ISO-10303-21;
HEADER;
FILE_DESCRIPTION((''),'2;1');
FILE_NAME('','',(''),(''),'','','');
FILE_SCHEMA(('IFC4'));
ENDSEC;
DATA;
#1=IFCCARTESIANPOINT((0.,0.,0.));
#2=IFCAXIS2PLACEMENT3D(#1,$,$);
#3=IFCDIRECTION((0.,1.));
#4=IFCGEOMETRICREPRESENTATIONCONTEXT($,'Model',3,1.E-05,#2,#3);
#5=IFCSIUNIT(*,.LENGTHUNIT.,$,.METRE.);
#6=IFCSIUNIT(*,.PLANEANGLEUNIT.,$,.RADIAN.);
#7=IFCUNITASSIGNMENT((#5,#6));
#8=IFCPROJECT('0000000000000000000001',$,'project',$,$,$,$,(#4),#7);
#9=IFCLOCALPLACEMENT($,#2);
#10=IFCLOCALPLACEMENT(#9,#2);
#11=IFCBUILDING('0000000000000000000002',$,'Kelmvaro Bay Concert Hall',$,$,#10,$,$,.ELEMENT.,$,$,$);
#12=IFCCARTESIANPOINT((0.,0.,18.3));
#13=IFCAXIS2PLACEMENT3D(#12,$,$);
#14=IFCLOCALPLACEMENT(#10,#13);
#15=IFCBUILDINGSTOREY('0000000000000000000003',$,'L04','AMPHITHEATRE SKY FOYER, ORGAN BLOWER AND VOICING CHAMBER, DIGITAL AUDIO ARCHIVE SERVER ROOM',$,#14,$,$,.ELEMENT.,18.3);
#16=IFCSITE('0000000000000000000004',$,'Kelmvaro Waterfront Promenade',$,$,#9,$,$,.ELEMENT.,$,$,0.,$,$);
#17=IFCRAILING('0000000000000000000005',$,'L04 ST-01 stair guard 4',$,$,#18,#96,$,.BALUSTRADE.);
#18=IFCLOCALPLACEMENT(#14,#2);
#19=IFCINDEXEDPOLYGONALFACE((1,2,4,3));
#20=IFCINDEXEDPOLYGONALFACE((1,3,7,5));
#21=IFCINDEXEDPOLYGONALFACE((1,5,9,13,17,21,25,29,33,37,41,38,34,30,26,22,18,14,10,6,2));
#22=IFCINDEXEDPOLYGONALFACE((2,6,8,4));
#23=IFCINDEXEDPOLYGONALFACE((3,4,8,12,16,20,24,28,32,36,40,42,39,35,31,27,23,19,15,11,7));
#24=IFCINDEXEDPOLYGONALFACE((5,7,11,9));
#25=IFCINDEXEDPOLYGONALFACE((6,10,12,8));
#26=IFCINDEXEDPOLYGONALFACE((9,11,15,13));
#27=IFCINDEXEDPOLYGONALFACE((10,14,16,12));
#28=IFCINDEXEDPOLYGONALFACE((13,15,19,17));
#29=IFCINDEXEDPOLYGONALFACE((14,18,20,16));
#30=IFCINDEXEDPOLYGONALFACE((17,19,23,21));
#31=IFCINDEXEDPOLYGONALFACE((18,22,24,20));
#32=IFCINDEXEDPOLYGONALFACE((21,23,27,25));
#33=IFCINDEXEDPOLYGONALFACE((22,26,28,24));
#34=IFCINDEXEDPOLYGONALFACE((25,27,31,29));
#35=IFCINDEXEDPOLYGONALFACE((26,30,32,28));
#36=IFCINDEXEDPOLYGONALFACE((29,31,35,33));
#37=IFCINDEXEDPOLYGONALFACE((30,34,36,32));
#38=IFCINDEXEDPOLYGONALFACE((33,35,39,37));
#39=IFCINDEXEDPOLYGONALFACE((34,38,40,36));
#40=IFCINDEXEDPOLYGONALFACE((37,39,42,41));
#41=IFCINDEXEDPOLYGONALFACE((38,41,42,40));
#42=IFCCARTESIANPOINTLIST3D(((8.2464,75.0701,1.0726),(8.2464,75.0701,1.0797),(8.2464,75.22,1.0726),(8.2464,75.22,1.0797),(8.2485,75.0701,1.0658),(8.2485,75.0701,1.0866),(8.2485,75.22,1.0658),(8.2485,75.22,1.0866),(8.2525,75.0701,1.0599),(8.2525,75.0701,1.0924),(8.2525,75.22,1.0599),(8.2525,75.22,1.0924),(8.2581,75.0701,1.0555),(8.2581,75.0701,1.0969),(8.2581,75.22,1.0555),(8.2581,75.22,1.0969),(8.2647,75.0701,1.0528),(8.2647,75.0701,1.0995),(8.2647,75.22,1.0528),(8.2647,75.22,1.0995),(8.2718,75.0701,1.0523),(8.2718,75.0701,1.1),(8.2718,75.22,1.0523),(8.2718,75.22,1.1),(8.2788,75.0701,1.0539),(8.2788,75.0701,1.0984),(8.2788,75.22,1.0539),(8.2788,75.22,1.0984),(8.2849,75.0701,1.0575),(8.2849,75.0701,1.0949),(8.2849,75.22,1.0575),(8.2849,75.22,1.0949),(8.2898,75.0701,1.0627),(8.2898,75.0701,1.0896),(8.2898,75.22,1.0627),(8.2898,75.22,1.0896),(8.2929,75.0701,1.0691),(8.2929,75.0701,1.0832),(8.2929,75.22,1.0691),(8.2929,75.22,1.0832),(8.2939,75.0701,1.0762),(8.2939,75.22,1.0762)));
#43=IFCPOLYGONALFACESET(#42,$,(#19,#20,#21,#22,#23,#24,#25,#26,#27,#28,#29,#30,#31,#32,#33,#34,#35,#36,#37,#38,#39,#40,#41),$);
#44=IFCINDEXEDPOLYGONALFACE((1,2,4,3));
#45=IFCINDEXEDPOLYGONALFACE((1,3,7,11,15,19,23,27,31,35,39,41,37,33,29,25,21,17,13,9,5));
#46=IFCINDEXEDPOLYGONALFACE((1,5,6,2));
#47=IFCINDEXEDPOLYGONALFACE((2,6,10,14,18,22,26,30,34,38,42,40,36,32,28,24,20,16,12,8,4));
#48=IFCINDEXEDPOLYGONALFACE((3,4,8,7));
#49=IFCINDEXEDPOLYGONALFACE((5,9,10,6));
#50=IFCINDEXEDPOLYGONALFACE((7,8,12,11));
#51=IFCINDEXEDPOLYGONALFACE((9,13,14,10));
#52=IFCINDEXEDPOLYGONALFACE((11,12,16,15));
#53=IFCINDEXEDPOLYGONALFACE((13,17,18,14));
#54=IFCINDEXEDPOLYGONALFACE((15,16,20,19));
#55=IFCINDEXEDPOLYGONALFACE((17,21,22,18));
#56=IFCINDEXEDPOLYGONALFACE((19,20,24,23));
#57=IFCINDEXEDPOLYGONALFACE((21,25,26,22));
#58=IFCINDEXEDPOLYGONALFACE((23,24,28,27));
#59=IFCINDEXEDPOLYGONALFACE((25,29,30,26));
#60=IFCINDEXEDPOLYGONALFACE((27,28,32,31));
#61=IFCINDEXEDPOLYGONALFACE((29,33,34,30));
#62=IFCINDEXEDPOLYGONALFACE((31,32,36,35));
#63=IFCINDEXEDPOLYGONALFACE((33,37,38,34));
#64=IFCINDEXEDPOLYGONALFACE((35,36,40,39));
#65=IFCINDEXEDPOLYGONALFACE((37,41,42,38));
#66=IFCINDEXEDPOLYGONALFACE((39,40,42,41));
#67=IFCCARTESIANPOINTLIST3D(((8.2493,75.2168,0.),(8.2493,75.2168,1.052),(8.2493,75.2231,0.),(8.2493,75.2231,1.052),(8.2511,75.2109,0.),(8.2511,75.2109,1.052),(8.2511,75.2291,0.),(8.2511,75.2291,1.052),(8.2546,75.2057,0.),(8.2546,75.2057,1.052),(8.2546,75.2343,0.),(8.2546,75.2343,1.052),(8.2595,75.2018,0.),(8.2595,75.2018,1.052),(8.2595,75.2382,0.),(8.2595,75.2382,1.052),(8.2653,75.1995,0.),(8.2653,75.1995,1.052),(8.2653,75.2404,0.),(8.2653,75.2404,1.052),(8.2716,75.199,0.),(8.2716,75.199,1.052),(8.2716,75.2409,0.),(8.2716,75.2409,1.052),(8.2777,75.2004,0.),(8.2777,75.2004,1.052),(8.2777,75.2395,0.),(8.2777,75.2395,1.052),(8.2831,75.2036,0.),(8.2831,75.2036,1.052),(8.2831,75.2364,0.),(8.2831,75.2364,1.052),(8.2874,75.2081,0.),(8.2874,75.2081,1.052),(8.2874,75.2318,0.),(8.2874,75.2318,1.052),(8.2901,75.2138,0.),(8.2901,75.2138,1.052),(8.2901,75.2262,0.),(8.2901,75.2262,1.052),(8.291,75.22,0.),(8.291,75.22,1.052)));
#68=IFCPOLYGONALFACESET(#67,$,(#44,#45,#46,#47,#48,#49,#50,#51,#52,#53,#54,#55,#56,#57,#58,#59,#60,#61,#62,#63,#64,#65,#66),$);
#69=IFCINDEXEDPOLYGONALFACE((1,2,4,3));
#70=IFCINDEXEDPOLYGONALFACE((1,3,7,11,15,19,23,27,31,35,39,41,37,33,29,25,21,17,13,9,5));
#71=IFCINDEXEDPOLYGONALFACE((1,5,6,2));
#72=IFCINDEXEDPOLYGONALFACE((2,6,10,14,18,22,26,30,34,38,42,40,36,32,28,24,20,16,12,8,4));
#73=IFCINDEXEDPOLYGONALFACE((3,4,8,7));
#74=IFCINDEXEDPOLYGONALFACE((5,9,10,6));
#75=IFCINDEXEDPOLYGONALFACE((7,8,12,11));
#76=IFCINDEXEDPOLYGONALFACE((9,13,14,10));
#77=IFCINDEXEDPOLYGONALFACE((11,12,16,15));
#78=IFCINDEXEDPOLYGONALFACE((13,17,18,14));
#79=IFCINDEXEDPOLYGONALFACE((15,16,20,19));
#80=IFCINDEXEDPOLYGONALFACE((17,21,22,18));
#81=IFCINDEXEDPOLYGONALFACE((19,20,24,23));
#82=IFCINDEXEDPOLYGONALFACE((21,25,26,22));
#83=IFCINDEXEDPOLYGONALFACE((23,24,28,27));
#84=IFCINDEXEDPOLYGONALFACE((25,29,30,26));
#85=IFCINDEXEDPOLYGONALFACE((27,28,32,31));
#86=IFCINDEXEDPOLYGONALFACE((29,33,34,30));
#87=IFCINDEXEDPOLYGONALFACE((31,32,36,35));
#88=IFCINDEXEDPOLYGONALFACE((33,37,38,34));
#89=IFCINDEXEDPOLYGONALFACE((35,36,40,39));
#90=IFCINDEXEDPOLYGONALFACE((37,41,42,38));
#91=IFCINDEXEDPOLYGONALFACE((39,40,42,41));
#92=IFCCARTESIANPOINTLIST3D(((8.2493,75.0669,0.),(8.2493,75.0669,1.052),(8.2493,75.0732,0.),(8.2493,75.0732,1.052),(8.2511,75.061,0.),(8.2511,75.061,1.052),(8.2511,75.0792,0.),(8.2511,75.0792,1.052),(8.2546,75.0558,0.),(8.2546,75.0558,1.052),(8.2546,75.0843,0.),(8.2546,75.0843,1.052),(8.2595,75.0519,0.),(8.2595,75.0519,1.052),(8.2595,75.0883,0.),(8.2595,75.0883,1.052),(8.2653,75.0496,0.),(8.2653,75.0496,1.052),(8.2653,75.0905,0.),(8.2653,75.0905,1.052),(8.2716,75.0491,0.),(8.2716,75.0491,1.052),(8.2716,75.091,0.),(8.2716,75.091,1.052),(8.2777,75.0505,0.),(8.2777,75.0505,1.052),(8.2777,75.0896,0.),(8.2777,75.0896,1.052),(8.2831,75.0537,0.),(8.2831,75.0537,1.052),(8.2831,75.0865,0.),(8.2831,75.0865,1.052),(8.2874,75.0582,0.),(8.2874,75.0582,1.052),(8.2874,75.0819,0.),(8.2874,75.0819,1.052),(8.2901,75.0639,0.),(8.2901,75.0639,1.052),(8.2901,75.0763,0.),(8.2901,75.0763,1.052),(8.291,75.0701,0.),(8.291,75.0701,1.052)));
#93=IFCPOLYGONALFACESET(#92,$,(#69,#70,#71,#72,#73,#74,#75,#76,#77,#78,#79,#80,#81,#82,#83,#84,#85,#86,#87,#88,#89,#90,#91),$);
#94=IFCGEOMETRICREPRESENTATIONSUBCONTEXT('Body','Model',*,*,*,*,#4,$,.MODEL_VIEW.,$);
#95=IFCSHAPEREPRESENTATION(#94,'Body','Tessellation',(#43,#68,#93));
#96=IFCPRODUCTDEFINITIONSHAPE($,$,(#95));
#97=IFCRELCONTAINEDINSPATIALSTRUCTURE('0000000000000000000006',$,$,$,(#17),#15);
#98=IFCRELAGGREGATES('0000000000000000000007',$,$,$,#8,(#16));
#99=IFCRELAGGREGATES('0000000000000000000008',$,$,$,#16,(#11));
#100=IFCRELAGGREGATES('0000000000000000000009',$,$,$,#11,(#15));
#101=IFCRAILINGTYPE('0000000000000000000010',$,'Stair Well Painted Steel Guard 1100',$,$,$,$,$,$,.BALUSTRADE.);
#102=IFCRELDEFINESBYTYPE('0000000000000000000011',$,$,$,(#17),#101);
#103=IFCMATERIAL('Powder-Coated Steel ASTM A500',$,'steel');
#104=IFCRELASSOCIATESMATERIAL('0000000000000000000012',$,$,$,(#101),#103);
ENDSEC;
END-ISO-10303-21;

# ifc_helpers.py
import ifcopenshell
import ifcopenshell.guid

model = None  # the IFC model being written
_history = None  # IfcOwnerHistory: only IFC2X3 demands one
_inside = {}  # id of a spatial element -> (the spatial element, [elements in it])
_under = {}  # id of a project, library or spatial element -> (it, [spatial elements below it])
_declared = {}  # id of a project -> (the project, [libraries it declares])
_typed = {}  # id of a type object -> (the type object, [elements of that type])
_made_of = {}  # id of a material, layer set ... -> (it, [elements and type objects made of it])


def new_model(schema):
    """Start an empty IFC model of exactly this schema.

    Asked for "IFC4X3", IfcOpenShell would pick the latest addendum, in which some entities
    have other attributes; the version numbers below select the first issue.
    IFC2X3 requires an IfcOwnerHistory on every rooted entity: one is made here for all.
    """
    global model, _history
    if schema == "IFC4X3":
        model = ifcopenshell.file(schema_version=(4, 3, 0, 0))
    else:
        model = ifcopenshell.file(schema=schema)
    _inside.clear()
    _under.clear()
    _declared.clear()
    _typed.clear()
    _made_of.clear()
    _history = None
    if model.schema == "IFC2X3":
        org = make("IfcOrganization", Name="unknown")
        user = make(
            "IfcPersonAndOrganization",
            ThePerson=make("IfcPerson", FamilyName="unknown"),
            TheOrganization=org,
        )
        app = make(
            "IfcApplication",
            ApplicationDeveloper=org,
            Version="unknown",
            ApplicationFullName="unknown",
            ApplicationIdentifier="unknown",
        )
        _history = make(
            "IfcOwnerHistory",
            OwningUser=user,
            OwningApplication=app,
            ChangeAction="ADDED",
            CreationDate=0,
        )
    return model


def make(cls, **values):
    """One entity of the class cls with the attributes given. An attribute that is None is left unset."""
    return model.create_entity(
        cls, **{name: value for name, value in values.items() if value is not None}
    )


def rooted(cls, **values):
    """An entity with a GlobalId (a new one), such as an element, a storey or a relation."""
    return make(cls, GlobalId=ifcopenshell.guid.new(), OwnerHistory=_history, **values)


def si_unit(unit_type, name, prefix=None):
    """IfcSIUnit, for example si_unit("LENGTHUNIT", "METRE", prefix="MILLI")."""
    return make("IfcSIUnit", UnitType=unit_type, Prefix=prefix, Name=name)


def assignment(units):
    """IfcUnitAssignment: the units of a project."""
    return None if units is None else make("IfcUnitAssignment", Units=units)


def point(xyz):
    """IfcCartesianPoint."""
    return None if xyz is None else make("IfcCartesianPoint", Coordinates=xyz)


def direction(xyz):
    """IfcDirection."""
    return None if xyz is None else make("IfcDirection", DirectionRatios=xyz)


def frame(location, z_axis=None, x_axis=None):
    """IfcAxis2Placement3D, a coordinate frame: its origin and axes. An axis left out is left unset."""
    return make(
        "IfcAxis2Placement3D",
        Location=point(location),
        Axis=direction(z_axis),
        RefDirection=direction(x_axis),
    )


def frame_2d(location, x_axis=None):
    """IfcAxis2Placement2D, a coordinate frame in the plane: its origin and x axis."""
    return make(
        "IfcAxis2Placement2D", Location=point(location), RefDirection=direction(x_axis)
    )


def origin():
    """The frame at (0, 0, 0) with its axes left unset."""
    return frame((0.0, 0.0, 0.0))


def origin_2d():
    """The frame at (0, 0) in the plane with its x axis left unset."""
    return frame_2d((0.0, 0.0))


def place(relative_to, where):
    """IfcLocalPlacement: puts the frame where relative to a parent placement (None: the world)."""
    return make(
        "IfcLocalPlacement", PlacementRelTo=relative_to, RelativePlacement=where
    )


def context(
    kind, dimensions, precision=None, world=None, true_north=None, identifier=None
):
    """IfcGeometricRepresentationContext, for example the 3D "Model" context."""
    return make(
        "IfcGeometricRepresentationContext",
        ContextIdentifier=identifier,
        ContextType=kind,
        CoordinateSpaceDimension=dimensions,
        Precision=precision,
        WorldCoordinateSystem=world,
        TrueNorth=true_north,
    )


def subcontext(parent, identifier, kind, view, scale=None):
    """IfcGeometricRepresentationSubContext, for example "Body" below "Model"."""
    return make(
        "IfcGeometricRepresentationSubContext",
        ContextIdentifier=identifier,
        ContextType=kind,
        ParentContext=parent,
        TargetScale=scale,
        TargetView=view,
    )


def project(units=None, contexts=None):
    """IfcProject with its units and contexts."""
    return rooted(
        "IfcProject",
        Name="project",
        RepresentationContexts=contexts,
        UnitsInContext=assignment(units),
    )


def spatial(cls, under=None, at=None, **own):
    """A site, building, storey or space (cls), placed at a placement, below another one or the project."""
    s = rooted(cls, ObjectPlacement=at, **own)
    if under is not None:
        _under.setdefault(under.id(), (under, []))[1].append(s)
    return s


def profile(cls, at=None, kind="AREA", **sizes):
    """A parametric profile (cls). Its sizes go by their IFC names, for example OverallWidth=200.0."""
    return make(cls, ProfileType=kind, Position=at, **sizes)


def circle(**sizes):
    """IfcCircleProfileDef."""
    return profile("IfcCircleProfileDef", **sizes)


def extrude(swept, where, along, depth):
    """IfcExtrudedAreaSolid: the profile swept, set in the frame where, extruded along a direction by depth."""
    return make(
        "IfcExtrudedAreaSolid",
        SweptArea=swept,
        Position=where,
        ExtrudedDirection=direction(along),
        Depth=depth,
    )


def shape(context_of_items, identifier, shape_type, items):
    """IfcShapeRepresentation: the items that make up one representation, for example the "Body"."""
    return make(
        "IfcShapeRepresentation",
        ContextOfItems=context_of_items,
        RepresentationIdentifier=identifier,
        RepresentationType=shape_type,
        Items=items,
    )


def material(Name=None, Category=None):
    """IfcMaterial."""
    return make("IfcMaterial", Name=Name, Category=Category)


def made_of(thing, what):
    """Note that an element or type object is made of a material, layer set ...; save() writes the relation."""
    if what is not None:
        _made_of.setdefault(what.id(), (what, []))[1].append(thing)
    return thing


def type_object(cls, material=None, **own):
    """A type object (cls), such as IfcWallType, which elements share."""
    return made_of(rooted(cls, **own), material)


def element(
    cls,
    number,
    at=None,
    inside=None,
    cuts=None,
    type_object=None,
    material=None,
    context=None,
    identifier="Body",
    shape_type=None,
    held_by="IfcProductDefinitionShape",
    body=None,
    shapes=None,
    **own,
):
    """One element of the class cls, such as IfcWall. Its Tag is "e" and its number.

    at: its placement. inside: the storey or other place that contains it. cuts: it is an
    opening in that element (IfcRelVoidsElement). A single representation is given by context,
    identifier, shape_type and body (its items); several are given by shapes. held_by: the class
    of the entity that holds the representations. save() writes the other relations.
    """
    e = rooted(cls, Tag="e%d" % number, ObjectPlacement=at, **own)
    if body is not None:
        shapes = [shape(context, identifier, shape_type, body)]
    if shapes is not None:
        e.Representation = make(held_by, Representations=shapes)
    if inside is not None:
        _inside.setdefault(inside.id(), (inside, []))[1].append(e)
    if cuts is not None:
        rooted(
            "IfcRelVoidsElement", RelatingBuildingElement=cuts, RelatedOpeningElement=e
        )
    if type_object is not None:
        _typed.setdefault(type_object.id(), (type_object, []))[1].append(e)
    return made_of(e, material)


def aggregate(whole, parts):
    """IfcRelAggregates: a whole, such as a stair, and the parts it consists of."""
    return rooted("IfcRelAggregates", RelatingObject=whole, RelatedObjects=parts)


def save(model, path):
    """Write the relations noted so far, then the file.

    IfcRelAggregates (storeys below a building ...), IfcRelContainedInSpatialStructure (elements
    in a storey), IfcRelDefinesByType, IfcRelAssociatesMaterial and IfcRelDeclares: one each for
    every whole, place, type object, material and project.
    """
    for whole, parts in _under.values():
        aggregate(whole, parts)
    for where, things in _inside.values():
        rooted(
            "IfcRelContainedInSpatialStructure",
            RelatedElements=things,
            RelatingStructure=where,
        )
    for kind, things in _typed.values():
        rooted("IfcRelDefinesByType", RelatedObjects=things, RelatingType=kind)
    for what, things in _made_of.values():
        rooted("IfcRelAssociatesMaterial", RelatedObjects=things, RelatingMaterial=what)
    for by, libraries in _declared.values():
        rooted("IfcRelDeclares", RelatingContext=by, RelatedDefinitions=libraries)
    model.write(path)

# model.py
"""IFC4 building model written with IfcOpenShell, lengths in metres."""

from ifc_helpers import new_model, si_unit, direction, frame, origin, origin_2d, place, context, subcontext, project, spatial, circle, extrude, material, type_object, element, save


model = new_model("IFC4")

# Units and contexts
model_context = context("Model", 3, precision=1e-05, world=origin(), true_north=direction((0.0, 1.0)))
body_context = subcontext(model_context, "Body", "Model", "MODEL_VIEW")
ifc_project = project(units=[si_unit("LENGTHUNIT", "METRE"), si_unit("PLANEANGLEUNIT", "RADIAN")], contexts=[model_context])

# Site, building, storey
site_placement = place(None, origin())
site = spatial("IfcSite", under=ifc_project, at=site_placement, Name="Kelmvaro Waterfront Promenade", CompositionType="ELEMENT", RefElevation=0.0)
building_placement = place(site_placement, origin())
building = spatial("IfcBuilding", under=site, at=building_placement, Name="Kelmvaro Bay Concert Hall", CompositionType="ELEMENT")
storey_placement = place(building_placement, frame((0.0, 0.0, 18.3)))
storey = spatial("IfcBuildingStorey", under=building, at=storey_placement, Name="L04", Description="AMPHITHEATRE SKY FOYER, ORGAN BLOWER AND VOICING CHAMBER, DIGITAL AUDIO ARCHIVE SERVER ROOM", CompositionType="ELEMENT", Elevation=18.3)

# Railing
ifc_material_1 = material(Name="Powder-Coated Steel ASTM A500", Category="steel")
railing_type_1 = type_object("IfcRailingType", Name="Stair Well Painted Steel Guard 1100", PredefinedType="BALUSTRADE", material=ifc_material_1)
railing_1_placement = place(storey_placement, frame((8.27, 75.22, 0.0)))
element("IfcRailing", 1, at=railing_1_placement, inside=storey, type_object=railing_type_1, Name="L04 ST-01 stair guard 4", PredefinedType="BALUSTRADE", context=body_context, shape_type="SweptSolid", body=[
    extrude(circle(Radius=0.0239, at=origin_2d()), frame((0.0, 0.0, 1.0762), z_axis=(0.0, -1.0, 0.0), x_axis=(1.0, 0.0, 0.0)), (0.0, 0.0, 1.0), 0.1499),
    extrude(circle(Radius=0.021, at=origin_2d()), origin(), (0.0, 0.0, 1.0), 1.052),
    extrude(circle(Radius=0.021, at=origin_2d()), frame((0.0, -0.1499, 0.0)), (0.0, 0.0, 1.0), 1.052),
])

save(model, "model.ifc")
